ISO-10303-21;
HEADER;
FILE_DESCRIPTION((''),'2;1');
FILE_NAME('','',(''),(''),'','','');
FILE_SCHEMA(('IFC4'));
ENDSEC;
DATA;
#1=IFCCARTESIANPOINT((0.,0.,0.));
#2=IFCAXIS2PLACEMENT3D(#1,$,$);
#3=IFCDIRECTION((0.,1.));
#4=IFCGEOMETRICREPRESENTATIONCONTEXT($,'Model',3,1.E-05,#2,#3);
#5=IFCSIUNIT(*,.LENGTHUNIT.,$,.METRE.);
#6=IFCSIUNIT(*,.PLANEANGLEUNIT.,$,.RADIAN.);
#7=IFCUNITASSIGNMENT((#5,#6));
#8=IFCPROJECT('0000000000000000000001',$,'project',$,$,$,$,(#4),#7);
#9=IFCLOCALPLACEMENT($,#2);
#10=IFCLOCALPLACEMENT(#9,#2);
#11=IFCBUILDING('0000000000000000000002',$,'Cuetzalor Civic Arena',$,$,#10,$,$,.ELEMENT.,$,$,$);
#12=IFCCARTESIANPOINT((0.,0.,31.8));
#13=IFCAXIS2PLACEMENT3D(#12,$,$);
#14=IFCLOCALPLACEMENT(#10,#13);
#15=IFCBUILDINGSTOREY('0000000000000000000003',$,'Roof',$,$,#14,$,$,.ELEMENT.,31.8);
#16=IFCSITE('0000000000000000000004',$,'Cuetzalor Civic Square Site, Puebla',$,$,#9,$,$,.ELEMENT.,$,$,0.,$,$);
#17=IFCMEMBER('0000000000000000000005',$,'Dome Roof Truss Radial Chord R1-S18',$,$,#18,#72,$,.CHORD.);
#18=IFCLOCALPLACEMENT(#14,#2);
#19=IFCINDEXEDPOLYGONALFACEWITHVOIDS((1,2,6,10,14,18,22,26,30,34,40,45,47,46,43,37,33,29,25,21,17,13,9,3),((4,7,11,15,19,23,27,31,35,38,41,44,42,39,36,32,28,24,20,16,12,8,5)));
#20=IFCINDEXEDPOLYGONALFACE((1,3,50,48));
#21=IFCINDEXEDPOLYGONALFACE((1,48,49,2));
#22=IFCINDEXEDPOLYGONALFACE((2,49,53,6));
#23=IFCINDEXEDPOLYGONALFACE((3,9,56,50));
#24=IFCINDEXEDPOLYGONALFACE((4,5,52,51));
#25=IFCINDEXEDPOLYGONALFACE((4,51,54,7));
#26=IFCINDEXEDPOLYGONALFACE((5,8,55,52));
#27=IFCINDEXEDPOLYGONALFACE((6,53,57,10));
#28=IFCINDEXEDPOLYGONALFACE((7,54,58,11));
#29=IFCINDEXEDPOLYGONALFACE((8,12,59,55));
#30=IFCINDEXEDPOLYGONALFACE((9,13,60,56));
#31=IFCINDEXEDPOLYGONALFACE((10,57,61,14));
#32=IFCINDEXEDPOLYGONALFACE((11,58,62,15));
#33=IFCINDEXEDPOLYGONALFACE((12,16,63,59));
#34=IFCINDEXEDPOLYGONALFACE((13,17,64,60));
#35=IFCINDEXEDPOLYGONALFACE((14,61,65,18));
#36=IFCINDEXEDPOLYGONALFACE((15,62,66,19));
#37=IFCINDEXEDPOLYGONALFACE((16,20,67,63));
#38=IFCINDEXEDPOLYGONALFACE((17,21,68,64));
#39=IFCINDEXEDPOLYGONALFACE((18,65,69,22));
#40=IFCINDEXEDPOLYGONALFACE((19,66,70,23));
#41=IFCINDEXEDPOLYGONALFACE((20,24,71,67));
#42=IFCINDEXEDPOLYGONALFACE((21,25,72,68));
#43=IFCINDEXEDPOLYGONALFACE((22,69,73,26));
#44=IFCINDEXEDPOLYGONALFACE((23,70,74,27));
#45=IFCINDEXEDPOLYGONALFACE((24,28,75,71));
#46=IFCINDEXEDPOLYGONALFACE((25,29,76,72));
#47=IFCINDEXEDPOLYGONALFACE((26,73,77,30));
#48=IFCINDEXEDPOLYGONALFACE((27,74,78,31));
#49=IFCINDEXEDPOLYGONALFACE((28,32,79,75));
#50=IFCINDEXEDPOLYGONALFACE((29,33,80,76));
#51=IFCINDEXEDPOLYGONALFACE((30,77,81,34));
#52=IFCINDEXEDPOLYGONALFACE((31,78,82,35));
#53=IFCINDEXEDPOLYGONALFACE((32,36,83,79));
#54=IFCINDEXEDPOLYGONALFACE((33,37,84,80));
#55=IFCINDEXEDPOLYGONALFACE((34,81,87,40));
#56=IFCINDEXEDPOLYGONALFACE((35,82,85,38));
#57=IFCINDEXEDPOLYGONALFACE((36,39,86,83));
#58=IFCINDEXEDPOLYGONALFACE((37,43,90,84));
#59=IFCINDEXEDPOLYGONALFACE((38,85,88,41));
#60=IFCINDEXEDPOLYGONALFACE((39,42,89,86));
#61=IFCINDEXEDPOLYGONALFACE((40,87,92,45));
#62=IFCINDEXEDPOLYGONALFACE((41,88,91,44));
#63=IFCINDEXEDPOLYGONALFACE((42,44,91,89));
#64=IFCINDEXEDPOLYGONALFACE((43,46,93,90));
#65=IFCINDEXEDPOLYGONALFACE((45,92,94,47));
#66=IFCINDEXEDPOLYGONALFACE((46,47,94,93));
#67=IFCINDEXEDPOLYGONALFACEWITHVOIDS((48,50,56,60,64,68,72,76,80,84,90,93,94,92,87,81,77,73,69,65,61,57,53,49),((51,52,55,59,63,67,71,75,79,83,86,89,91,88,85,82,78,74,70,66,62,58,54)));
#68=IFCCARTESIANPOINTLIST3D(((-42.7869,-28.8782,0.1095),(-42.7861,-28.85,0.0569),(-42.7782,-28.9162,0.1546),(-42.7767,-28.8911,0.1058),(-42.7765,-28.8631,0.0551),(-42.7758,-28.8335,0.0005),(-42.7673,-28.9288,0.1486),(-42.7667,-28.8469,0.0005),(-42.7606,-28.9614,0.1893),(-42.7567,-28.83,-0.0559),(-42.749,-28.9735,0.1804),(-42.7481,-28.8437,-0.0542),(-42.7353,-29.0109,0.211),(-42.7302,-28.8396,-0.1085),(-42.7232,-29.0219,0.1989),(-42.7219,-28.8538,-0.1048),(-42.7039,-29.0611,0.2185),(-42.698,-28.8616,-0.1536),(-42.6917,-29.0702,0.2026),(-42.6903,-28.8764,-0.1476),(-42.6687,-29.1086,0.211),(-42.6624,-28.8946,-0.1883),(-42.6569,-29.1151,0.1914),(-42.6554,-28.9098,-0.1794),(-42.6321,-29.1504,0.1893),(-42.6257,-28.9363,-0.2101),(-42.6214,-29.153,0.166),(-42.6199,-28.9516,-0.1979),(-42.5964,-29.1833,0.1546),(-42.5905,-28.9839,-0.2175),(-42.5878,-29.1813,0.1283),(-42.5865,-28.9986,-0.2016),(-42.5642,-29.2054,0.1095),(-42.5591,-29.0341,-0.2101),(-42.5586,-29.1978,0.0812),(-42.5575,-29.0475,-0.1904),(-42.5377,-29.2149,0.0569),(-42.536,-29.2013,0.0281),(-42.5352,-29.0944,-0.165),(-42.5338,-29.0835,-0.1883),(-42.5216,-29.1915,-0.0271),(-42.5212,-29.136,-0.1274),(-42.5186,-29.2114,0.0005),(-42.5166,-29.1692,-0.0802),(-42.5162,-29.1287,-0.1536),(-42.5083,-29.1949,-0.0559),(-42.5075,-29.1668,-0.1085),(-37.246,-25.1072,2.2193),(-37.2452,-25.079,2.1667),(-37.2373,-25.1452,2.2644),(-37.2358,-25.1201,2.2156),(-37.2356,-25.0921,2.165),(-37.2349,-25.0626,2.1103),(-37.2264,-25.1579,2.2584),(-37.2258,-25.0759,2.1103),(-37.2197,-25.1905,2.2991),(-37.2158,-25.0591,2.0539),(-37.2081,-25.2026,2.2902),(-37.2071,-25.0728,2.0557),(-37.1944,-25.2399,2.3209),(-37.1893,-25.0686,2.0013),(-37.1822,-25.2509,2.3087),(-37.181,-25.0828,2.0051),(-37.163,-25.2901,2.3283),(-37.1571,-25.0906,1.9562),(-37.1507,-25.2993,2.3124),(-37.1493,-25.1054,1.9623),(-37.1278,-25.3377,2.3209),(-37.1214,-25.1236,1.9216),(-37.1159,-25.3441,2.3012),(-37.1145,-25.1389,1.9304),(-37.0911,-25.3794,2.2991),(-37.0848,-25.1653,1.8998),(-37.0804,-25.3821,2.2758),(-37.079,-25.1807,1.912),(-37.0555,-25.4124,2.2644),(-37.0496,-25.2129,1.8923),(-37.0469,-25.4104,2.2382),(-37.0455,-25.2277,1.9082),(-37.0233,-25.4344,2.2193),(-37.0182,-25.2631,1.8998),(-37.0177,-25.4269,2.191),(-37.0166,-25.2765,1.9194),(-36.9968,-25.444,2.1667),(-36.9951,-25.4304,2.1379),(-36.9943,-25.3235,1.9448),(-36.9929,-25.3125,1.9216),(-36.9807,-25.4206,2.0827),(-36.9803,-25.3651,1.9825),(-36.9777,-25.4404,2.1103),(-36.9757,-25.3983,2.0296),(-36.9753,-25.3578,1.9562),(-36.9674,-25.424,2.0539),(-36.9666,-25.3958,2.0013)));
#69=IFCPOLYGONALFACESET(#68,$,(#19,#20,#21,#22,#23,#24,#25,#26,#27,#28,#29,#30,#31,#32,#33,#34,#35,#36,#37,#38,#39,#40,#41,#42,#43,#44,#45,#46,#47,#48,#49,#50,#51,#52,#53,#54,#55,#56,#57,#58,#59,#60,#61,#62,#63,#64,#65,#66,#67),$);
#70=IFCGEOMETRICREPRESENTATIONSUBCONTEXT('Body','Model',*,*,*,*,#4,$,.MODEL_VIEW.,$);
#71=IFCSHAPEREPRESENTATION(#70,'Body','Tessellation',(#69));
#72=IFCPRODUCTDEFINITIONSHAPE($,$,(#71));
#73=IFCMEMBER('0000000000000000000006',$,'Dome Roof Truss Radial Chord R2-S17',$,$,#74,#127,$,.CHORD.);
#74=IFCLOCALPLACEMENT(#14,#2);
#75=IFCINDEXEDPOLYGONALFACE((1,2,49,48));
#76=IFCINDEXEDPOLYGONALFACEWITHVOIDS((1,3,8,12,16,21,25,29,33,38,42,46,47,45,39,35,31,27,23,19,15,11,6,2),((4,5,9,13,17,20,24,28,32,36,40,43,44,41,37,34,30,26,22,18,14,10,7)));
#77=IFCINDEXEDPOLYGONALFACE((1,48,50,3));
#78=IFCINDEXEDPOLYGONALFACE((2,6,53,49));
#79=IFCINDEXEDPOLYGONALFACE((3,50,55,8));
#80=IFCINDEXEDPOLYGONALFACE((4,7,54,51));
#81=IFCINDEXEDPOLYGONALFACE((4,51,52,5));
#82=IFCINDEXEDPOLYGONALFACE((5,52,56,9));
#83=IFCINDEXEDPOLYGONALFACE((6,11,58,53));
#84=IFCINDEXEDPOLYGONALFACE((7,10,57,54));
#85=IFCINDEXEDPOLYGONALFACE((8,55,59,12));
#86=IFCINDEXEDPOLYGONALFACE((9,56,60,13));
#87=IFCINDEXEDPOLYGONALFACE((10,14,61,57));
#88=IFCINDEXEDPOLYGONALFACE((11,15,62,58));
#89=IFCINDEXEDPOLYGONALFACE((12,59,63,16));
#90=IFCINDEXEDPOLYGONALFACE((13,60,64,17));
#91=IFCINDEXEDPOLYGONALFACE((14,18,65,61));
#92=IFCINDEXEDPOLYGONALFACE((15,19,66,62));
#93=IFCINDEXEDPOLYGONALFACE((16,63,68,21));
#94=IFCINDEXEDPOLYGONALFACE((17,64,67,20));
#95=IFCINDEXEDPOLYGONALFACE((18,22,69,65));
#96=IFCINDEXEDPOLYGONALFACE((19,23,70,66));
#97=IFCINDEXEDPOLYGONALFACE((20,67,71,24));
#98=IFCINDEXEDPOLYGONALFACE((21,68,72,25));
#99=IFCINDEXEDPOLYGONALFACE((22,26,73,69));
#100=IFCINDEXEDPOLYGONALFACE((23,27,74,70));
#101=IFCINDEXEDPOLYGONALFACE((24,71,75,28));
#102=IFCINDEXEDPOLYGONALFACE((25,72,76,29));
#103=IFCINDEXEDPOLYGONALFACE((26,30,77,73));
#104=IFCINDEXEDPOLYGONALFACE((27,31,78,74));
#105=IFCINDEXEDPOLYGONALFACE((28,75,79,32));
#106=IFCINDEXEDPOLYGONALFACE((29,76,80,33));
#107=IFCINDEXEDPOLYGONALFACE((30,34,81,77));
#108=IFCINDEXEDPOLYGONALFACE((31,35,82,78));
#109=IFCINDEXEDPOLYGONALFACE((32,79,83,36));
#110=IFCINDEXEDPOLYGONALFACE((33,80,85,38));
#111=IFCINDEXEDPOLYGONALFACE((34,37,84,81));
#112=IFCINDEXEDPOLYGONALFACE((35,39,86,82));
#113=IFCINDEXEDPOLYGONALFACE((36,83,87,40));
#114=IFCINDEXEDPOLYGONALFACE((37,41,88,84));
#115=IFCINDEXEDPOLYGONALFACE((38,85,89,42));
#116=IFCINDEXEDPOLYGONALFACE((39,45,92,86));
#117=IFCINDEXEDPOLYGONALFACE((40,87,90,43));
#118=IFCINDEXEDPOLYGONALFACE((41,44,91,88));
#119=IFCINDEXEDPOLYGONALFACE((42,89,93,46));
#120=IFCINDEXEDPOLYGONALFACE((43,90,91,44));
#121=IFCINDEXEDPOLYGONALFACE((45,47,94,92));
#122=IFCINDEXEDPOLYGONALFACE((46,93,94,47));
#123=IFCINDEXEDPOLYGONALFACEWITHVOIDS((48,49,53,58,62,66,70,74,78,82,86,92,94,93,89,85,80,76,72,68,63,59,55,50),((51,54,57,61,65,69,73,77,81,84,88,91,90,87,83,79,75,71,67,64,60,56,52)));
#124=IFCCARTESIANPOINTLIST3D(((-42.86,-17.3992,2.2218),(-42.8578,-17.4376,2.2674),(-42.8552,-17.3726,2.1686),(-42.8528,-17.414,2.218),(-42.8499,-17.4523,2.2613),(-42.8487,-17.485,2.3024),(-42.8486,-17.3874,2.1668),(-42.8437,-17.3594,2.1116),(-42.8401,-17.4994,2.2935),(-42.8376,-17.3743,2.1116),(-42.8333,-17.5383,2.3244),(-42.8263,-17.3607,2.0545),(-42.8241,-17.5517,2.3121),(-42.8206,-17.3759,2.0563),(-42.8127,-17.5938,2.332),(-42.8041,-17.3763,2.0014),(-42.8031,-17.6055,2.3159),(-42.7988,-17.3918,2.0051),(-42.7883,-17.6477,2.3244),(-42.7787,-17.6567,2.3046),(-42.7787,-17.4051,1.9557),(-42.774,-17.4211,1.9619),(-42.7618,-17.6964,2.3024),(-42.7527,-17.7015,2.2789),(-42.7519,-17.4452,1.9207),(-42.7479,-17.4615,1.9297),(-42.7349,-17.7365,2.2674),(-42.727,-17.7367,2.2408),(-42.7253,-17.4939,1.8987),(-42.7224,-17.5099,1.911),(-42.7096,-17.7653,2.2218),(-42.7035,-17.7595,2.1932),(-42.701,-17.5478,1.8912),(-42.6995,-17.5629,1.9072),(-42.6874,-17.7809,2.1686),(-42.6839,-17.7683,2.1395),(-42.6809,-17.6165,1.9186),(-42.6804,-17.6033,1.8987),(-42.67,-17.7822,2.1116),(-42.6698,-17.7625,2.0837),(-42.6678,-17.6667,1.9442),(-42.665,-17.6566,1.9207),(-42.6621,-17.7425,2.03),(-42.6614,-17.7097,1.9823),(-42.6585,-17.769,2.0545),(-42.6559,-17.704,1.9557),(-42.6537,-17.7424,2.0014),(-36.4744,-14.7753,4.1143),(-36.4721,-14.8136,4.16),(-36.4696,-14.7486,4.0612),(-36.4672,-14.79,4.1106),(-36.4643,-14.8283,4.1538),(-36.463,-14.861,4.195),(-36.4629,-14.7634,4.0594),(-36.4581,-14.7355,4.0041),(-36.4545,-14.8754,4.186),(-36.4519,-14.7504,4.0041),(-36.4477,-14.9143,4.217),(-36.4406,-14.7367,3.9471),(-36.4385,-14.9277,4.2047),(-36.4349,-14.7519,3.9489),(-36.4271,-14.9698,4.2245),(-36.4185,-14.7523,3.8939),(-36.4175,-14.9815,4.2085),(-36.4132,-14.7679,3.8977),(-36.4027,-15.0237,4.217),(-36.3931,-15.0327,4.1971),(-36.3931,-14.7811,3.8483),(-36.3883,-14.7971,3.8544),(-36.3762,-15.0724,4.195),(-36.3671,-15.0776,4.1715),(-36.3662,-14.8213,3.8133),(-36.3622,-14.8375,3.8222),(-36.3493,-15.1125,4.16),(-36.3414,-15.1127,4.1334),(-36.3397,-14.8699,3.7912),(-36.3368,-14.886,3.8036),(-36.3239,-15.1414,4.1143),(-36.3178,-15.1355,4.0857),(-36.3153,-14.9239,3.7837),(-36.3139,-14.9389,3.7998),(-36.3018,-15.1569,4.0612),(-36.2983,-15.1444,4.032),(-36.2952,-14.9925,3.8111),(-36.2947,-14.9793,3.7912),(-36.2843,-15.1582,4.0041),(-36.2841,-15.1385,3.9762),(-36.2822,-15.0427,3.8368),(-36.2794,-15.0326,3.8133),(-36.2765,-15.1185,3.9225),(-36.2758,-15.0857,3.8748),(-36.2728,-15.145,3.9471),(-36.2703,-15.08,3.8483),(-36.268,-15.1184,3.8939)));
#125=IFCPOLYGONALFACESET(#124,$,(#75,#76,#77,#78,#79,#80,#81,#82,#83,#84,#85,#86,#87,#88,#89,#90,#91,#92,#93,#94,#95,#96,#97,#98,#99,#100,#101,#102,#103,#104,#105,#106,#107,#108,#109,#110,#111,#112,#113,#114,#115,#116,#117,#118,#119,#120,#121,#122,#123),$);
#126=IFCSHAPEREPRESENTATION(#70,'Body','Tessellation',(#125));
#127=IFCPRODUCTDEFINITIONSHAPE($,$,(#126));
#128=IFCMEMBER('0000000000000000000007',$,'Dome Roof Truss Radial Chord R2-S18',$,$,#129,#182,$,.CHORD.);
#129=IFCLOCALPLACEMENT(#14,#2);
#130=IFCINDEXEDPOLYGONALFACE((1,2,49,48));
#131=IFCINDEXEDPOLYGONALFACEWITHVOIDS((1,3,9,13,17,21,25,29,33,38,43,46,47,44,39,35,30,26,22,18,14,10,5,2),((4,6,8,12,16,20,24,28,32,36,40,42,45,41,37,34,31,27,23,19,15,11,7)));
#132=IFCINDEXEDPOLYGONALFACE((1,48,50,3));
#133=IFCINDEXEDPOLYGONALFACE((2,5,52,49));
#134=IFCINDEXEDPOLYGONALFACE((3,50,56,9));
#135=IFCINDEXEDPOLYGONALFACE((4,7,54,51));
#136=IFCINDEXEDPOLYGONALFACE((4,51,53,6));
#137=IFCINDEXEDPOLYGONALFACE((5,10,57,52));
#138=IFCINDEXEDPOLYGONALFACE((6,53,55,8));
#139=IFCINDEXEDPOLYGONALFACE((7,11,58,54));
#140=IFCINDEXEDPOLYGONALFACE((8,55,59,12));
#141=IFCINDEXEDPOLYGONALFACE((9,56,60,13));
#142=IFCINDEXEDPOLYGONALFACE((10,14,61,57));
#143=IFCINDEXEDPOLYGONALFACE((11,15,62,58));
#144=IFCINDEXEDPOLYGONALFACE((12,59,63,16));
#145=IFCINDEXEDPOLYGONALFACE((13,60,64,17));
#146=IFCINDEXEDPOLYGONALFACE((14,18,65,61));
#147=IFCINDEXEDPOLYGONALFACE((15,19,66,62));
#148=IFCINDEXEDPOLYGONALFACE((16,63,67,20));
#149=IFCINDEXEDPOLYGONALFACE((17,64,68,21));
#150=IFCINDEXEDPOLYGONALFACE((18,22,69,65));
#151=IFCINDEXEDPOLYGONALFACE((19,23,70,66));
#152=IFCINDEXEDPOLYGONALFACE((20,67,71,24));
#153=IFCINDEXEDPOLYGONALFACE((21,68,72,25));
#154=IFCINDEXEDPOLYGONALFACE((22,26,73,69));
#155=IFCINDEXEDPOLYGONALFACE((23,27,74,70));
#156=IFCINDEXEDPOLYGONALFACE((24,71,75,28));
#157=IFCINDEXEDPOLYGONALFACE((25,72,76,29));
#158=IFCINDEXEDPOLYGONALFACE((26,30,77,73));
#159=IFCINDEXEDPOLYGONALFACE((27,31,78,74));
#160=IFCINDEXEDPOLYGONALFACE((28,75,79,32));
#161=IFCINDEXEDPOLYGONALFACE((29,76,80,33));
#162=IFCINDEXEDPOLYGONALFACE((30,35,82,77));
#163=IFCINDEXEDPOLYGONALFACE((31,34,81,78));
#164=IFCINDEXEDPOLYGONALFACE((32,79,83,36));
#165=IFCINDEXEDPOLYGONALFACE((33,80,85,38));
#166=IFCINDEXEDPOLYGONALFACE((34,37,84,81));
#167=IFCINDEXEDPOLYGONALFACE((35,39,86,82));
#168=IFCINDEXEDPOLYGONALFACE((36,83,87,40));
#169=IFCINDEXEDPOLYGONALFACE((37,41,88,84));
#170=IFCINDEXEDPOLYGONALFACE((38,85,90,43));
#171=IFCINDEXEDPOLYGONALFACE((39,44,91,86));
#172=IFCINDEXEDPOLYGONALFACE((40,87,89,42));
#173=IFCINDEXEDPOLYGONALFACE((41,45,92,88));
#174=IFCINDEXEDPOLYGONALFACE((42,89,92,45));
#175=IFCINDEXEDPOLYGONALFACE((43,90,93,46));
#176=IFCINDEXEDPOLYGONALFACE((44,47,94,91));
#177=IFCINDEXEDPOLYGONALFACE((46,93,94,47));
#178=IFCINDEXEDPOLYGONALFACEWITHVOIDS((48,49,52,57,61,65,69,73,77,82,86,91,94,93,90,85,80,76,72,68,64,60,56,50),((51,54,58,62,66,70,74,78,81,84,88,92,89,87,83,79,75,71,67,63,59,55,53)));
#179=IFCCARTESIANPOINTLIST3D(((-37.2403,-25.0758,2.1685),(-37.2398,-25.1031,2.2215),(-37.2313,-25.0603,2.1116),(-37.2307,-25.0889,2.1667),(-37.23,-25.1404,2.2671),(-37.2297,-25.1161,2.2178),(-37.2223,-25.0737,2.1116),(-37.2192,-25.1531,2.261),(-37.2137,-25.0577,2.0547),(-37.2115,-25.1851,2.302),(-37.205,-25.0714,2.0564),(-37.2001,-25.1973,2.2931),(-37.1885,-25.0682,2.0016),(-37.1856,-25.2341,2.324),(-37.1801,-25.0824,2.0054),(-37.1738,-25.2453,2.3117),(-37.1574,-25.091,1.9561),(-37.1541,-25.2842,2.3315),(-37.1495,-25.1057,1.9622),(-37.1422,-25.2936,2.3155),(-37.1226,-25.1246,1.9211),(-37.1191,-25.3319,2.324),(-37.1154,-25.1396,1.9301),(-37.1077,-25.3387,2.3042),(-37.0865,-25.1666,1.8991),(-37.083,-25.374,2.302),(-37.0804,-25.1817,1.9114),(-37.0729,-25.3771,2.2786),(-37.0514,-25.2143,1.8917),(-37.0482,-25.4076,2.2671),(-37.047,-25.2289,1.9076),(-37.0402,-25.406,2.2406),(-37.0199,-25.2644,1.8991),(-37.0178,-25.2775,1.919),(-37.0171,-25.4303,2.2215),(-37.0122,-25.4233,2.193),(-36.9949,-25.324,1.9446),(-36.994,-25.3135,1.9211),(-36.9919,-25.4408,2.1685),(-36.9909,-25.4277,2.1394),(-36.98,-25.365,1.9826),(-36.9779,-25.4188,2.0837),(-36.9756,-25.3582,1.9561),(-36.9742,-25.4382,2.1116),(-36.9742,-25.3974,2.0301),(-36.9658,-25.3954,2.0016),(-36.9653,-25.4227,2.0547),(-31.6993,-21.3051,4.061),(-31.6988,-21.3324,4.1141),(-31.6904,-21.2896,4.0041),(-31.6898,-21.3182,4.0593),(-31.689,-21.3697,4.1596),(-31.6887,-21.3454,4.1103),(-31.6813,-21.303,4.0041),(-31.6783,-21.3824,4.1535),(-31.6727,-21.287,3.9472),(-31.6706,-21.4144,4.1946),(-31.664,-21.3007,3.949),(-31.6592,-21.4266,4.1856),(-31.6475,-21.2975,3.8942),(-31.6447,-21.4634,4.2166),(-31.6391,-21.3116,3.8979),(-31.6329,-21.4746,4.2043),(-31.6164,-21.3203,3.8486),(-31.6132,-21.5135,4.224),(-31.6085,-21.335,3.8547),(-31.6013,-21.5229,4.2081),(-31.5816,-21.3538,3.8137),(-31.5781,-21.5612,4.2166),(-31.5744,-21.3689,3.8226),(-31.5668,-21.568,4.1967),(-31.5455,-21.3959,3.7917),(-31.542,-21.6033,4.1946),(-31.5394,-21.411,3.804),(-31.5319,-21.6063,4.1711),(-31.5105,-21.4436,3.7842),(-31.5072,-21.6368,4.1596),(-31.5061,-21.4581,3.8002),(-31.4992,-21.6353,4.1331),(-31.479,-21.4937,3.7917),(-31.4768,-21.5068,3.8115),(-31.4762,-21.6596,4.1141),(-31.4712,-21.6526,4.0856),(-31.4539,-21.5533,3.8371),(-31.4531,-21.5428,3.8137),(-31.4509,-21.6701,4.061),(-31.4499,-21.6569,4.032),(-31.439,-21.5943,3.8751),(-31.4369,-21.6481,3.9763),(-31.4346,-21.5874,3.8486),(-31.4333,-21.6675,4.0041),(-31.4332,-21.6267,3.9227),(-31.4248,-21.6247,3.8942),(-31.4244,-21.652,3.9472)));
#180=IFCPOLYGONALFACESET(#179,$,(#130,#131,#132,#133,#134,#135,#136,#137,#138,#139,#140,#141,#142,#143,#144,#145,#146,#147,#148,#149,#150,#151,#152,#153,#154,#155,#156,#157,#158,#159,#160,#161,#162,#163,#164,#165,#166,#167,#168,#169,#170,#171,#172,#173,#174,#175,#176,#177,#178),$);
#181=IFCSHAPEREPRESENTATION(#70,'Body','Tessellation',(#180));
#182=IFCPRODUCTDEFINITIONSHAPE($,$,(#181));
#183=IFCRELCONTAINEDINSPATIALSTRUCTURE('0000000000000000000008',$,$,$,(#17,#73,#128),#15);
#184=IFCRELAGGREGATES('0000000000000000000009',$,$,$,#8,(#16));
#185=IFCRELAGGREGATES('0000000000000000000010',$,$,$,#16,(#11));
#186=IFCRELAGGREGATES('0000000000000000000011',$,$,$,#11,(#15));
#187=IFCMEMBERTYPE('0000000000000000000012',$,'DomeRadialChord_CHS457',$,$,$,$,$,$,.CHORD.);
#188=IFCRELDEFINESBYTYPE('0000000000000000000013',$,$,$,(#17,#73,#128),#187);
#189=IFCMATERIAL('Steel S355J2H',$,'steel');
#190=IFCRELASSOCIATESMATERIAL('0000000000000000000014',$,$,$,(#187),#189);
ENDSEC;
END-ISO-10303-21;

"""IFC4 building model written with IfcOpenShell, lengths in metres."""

from ifc_helpers import new_model, si_unit, direction, frame, origin, origin_2d, place, context, subcontext, project, spatial, hollow_circle, extrude, material, material_profile, profile_set, type_object, element, save


model = new_model("IFC4")

# Units and contexts
model_context = context("Model", 3, precision=1e-05, world=origin(), true_north=direction((0.0, 1.0)))
body_context = subcontext(model_context, "Body", "Model", "MODEL_VIEW")
ifc_project = project(units=[si_unit("LENGTHUNIT", "METRE"), si_unit("PLANEANGLEUNIT", "RADIAN")], contexts=[model_context])

# Site, building, storey
site_placement = place(None, origin())
site = spatial("IfcSite", under=ifc_project, at=site_placement, Name="Cuetzalor Civic Square Site, Puebla", CompositionType="ELEMENT", RefElevation=0.0)
building_placement = place(site_placement, origin())
building = spatial("IfcBuilding", under=site, at=building_placement, Name="Cuetzalor Civic Arena", CompositionType="ELEMENT")
storey_placement = place(building_placement, frame((0.0, 0.0, 31.8)))
storey = spatial("IfcBuildingStorey", under=building, at=storey_placement, Name="Roof", CompositionType="ELEMENT", Elevation=31.8)

# Members
ifc_material_1 = material(Name="Steel S355J2H", Category="steel")
ifc_material_profile_1 = material_profile(ifc_material_1, hollow_circle(Radius=0.2285, WallThickness=0.0161, at=origin_2d()), Name="CHS 457x16")
ifc_profile_set_1 = profile_set([ifc_material_profile_1], Name="Steel S355J2H")
member_type_1 = type_object("IfcMemberType", Name="DomeRadialChord_CHS457", PredefinedType="CHORD", material=ifc_profile_set_1)
member_1_placement = place(storey_placement, frame((-42.6472, -29.0225, 0.0005), z_axis=(0.788564, 0.536665, 0.300263), x_axis=(-0.562627, 0.826711, 0.0)))
element("IfcMember", 1, at=member_1_placement, inside=storey, type_object=member_type_1, Name="Dome Roof Truss Radial Chord R1-S18", PredefinedType="CHORD", context=body_context, shape_type="SweptSolid", body=[
    extrude(hollow_circle(Radius=0.2285, WallThickness=0.0161, at=origin_2d()), origin(), (0.0, 0.0, 1.0), 7.0266),
])
member_2_placement = place(storey_placement, frame((-42.7568, -17.5708, 2.1116), z_axis=(0.892042, 0.366557, 0.26438), x_axis=(-0.380081, 0.924953, 0.0)))
element("IfcMember", 2, at=member_2_placement, inside=storey, type_object=member_type_1, Name="Dome Roof Truss Radial Chord R2-S17", PredefinedType="CHORD", context=body_context, shape_type="SweptSolid", body=[
    extrude(hollow_circle(Radius=0.2285, WallThickness=0.0161, at=origin_2d()), origin(), (0.0, 0.0, 1.0), 7.1584),
])
member_3_placement = place(storey_placement, frame((-37.1028, -25.2493, 2.1116), z_axis=(0.795617, 0.54143, 0.271749), x_axis=(-0.562602, 0.826728, 0.0)))
element("IfcMember", 3, at=member_3_placement, inside=storey, type_object=member_type_1, Name="Dome Roof Truss Radial Chord R2-S18", PredefinedType="CHORD", context=body_context, shape_type="SweptSolid", body=[
    extrude(hollow_circle(Radius=0.2285, WallThickness=0.0161, at=origin_2d()), origin(), (0.0, 0.0, 1.0), 6.9644),
])

save(model, "model.ifc")
